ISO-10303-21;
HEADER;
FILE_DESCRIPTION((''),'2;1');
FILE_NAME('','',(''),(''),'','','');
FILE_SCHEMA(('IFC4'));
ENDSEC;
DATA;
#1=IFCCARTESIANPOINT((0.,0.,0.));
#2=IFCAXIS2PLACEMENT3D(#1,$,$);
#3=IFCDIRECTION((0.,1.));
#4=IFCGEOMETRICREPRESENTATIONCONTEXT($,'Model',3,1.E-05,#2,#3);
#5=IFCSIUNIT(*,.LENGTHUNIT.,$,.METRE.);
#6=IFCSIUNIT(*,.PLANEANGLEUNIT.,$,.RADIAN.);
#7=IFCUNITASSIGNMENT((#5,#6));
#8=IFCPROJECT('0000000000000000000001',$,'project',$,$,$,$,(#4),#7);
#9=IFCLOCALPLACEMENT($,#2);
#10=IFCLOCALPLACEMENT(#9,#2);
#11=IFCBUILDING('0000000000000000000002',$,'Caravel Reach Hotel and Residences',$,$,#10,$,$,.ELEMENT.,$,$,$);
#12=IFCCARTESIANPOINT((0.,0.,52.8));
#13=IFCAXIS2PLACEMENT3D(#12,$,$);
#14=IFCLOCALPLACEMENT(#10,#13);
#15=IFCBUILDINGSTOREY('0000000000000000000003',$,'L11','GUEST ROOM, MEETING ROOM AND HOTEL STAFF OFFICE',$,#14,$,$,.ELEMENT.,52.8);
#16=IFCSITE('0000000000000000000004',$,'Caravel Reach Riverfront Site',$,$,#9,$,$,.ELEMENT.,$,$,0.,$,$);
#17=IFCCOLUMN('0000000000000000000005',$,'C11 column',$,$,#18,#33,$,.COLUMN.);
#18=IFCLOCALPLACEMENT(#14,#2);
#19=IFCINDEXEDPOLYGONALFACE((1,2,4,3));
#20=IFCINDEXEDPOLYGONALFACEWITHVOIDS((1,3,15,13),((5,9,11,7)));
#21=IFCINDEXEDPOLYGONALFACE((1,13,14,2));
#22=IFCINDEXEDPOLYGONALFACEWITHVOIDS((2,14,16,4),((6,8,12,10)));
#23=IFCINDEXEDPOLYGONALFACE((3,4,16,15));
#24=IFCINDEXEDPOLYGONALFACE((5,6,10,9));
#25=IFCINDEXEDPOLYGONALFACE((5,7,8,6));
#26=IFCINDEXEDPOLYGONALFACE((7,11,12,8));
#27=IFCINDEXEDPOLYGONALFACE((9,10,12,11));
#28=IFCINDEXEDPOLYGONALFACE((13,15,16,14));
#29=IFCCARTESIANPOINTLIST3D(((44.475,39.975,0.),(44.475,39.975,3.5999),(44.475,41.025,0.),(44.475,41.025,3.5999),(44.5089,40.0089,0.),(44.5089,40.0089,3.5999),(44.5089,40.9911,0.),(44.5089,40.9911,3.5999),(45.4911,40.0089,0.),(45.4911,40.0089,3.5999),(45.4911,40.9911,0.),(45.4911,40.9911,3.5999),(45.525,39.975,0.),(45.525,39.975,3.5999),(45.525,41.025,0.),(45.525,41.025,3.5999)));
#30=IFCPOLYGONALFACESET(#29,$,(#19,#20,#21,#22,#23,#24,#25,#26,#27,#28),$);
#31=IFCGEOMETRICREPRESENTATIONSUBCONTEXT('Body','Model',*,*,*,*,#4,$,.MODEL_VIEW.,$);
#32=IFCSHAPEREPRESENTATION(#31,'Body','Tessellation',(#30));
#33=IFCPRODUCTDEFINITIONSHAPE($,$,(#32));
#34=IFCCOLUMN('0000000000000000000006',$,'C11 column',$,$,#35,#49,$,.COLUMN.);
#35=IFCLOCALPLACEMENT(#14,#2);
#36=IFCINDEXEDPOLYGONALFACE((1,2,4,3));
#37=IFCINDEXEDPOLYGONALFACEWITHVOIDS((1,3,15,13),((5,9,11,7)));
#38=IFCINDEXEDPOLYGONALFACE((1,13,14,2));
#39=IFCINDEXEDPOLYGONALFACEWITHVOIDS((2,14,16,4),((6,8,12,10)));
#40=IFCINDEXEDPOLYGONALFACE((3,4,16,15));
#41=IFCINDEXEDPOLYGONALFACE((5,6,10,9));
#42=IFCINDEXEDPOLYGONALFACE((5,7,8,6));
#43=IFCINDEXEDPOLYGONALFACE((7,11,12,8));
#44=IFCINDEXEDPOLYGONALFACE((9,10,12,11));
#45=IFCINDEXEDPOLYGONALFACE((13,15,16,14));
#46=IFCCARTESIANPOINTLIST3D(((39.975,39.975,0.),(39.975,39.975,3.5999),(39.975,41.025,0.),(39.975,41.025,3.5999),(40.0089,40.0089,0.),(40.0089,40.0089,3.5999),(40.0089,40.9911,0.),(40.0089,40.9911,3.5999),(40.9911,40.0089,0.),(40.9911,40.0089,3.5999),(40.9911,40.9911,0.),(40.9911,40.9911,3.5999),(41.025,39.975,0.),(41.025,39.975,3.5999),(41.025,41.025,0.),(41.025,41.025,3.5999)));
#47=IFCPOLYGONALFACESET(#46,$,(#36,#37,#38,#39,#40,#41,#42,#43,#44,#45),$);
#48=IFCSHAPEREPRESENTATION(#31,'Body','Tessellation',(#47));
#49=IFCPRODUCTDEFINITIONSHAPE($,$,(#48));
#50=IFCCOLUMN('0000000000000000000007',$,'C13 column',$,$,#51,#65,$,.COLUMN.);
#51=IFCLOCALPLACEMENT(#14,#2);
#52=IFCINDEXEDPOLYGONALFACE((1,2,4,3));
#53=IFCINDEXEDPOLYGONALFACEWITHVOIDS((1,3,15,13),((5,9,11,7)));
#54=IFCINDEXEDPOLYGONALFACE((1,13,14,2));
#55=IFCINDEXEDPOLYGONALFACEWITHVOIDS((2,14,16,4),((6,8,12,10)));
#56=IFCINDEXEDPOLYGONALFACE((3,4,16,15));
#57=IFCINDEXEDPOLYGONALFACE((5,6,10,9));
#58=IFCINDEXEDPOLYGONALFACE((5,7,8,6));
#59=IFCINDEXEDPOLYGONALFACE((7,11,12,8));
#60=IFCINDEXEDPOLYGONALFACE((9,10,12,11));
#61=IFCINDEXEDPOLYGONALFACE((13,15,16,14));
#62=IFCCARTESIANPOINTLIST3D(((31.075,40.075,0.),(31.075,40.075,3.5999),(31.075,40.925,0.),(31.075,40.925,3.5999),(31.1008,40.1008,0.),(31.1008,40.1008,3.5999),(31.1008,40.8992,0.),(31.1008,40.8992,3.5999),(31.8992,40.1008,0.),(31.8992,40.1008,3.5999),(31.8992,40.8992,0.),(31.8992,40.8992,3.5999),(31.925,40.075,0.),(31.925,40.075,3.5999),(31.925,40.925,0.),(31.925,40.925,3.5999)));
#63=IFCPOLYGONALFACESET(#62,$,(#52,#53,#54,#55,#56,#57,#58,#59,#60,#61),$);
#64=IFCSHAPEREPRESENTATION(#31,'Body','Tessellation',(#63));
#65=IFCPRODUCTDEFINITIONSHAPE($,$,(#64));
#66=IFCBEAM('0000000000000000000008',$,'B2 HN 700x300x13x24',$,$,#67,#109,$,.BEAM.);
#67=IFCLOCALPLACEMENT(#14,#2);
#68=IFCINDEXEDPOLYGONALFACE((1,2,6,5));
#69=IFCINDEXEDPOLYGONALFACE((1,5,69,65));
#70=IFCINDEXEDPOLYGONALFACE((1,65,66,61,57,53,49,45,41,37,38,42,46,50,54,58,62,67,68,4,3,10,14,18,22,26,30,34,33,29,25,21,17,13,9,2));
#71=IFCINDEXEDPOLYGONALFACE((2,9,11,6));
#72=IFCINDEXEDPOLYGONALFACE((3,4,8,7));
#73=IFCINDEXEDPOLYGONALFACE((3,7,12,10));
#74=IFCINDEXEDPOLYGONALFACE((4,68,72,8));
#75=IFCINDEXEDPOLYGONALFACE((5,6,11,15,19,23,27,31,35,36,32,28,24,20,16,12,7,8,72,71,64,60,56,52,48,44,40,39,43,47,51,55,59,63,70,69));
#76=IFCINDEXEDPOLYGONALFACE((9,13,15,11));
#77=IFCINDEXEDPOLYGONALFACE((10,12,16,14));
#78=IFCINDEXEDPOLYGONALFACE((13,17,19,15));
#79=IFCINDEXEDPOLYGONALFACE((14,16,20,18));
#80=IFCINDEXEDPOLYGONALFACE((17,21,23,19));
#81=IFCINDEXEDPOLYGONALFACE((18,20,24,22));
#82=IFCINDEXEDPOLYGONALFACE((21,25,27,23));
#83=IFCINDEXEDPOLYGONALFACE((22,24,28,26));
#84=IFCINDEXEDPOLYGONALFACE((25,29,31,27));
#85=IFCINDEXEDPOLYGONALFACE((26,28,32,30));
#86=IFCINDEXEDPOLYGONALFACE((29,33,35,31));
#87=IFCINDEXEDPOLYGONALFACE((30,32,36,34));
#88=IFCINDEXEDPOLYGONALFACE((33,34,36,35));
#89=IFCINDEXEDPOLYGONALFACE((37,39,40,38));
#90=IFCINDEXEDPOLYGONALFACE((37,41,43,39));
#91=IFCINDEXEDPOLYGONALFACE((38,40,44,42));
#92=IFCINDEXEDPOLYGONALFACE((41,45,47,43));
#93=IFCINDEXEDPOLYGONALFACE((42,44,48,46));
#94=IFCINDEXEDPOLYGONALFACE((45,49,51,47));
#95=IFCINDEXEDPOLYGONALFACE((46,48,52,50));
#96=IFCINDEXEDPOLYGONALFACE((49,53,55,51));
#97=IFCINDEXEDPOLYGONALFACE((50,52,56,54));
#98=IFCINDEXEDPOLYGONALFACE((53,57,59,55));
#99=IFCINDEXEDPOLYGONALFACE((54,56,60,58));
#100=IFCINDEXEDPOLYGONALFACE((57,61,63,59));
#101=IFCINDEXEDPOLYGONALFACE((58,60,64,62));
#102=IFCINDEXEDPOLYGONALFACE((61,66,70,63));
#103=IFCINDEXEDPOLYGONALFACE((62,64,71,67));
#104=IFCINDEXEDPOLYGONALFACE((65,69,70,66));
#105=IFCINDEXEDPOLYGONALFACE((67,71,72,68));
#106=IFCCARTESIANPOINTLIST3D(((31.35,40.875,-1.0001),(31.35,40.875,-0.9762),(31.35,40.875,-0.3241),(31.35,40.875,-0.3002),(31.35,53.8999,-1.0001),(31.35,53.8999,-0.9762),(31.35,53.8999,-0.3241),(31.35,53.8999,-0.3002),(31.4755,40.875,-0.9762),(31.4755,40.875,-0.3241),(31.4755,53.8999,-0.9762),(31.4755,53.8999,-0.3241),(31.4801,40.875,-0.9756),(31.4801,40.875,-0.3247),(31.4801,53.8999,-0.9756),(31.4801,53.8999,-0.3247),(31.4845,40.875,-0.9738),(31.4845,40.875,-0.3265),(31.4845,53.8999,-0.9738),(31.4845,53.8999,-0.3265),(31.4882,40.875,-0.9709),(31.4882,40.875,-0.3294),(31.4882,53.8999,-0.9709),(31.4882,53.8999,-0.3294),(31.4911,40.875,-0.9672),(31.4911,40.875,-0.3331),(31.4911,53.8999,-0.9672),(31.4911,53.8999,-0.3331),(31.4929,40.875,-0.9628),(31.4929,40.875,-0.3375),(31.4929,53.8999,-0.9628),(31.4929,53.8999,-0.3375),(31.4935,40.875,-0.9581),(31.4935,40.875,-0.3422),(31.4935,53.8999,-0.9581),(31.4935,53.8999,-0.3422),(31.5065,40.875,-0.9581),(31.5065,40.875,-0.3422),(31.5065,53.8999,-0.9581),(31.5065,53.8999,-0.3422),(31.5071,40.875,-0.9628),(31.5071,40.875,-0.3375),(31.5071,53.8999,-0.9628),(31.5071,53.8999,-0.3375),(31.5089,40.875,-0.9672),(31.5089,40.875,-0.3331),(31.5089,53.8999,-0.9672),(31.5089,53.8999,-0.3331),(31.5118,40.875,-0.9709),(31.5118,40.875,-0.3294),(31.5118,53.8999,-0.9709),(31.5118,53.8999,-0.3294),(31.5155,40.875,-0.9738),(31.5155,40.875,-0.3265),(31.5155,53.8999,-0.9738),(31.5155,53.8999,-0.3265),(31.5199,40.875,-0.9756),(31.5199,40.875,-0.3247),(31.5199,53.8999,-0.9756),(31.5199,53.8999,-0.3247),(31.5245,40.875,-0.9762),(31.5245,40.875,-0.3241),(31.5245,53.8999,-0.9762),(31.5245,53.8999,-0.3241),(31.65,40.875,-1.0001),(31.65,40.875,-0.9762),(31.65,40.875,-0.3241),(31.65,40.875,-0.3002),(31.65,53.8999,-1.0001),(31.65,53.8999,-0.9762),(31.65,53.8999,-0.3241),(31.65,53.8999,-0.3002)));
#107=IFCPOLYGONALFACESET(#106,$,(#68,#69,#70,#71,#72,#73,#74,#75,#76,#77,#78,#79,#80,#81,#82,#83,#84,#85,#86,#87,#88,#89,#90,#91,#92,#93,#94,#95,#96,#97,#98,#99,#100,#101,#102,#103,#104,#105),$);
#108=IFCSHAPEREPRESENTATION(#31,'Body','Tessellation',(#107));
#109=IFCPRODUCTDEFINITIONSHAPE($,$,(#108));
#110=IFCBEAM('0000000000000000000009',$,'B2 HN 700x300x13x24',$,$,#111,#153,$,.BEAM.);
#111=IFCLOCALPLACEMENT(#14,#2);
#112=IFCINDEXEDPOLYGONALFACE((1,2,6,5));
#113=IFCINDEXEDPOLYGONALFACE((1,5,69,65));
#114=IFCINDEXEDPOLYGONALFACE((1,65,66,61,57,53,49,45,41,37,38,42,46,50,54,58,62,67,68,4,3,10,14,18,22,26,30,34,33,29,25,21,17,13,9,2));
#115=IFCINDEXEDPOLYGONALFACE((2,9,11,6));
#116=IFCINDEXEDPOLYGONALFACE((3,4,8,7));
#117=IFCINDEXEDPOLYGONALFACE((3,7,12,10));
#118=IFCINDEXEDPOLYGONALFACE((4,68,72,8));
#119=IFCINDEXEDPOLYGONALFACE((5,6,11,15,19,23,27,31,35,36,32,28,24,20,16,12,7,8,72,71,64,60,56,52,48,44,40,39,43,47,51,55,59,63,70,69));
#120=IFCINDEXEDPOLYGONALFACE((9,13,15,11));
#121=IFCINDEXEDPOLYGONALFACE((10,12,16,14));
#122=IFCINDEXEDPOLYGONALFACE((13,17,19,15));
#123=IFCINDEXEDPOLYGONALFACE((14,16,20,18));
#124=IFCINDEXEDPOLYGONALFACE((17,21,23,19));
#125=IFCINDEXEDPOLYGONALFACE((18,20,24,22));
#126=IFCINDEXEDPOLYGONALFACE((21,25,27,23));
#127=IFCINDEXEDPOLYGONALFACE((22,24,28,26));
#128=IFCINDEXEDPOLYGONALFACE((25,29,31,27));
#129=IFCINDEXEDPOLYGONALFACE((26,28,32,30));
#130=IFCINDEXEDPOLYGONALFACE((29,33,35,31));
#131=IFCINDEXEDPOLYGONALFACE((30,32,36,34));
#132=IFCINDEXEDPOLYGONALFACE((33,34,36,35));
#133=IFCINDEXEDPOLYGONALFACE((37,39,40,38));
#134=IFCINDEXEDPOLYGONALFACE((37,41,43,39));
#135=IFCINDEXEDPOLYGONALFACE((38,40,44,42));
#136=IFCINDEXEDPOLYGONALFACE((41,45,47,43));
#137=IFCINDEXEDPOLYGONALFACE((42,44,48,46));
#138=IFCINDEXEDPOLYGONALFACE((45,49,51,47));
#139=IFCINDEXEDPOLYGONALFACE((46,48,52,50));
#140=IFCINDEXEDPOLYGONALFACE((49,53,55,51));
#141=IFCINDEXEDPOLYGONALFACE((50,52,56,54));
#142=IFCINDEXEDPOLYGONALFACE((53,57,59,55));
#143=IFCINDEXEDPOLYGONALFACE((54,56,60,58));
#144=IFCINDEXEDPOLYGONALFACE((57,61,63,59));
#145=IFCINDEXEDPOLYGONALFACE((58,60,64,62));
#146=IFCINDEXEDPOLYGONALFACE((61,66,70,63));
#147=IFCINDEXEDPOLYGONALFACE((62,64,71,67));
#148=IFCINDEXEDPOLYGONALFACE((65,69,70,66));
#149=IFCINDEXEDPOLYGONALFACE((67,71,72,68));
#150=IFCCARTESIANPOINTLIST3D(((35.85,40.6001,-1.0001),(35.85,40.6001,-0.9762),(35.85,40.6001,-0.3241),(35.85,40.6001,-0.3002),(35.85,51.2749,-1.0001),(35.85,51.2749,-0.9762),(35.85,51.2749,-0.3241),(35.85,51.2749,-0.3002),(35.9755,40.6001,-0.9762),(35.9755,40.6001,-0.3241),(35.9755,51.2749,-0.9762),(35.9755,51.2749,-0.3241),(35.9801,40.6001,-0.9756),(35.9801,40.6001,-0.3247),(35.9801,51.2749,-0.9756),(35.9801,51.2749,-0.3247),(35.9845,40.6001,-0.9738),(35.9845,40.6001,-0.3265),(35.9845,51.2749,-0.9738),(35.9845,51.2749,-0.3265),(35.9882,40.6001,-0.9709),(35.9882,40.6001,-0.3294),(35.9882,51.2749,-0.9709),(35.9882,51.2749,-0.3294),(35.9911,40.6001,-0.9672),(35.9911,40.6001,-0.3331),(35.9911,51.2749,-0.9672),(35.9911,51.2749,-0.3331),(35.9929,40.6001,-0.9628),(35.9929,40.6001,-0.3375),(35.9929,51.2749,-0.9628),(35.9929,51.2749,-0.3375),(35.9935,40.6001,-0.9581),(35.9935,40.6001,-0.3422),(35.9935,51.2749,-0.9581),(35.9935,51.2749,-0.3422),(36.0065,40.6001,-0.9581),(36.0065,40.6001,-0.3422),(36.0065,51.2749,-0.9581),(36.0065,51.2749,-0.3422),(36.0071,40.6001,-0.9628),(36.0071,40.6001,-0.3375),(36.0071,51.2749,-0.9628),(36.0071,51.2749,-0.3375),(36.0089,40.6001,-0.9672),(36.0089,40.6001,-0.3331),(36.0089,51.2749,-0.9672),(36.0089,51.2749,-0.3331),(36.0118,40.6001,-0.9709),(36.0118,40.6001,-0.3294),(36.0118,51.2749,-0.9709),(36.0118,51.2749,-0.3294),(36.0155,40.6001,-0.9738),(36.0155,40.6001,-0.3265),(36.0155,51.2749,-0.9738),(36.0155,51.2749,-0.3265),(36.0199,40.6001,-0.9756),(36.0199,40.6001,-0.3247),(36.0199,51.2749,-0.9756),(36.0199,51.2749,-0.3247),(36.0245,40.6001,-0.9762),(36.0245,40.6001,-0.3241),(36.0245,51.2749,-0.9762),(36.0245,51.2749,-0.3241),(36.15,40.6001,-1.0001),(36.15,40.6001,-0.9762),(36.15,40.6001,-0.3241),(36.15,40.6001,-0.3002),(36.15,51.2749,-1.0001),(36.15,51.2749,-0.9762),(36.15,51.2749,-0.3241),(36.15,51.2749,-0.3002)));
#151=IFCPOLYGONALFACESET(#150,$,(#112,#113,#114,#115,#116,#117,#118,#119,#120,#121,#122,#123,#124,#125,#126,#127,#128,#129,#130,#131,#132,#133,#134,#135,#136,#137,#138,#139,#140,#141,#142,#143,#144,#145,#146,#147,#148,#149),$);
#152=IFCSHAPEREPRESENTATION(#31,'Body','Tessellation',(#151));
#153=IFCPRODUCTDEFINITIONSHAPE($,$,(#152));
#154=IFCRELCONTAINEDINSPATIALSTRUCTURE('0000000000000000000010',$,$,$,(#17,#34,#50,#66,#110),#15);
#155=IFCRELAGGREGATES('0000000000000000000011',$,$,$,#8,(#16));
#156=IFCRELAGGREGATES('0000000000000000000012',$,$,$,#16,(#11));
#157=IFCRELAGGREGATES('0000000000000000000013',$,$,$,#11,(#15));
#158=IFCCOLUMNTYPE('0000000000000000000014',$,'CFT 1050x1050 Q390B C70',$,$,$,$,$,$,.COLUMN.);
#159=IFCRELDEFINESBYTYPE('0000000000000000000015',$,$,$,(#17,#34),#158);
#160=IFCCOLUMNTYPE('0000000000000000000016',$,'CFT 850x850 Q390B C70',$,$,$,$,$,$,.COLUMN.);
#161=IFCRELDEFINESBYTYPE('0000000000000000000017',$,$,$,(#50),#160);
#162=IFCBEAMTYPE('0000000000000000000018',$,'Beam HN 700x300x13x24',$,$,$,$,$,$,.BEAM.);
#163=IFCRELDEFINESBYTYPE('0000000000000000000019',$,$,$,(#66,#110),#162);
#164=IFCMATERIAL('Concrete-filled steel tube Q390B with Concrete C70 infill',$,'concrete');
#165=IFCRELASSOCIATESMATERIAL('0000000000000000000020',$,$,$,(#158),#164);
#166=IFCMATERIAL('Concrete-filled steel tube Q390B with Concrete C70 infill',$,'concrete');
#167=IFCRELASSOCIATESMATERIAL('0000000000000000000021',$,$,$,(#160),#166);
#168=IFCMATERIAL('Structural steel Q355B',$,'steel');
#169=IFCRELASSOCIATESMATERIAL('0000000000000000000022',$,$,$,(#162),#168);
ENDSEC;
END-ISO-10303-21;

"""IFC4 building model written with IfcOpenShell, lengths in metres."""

from ifc_helpers import new_model, si_unit, direction, frame, origin, origin_2d, place, context, subcontext, project, spatial, hollow_rectangle, i_section, extrude, material, material_profile, profile_set, type_object, element, save


model = new_model("IFC4")

# Units and contexts
model_context = context("Model", 3, precision=1e-05, world=origin(), true_north=direction((0.0, 1.0)))
body_context = subcontext(model_context, "Body", "Model", "MODEL_VIEW")
ifc_project = project(units=[si_unit("LENGTHUNIT", "METRE"), si_unit("PLANEANGLEUNIT", "RADIAN")], contexts=[model_context])

# Site, building, storey
site_placement = place(None, origin())
site = spatial("IfcSite", under=ifc_project, at=site_placement, Name="Caravel Reach Riverfront Site", CompositionType="ELEMENT", RefElevation=0.0)
building_placement = place(site_placement, origin())
building = spatial("IfcBuilding", under=site, at=building_placement, Name="Caravel Reach Hotel and Residences", CompositionType="ELEMENT")
storey_placement = place(building_placement, frame((0.0, 0.0, 52.8)))
storey = spatial("IfcBuildingStorey", under=building, at=storey_placement, Name="L11", Description="GUEST ROOM, MEETING ROOM AND HOTEL STAFF OFFICE", CompositionType="ELEMENT", Elevation=52.8)

# Columns
ifc_material_1 = material(Name="Concrete-filled steel tube Q390B with Concrete C70 infill", Category="concrete")
ifc_material_profile_1 = material_profile(ifc_material_1, hollow_rectangle(XDim=1.05, YDim=1.05, WallThickness=0.0339, at=origin_2d()), Name="RHS 1050x1050x34")
ifc_profile_set_1 = profile_set([ifc_material_profile_1], Name="Concrete-filled steel tube Q390B with Concrete C70 infill")
column_type_1 = type_object("IfcColumnType", Name="CFT 1050x1050 Q390B C70", PredefinedType="COLUMN", material=ifc_profile_set_1)
for number, where, z_axis, x_axis, name in (
    (1, (45.0, 40.5, 0.0), (0.0, 0.0, 1.0), (1.0, 0.0, 0.0), "C11 column"),
    (2, (40.5, 40.5, 0.0), (0.0, 0.0, 1.0), (1.0, 0.0, 0.0), "C11 column"),
):
    element("IfcColumn", number, at=place(storey_placement, frame(where, z_axis=z_axis, x_axis=x_axis)), inside=storey, type_object=column_type_1, Name=name, PredefinedType="COLUMN", context=body_context, shape_type="SweptSolid", body=[
        extrude(hollow_rectangle(XDim=1.05, YDim=1.05, WallThickness=0.0339, at=origin_2d()), origin(), (0.0, 0.0, 1.0), 3.5999),
    ])
ifc_material_2 = material(Name="Concrete-filled steel tube Q390B with Concrete C70 infill", Category="concrete")
ifc_material_profile_2 = material_profile(ifc_material_2, hollow_rectangle(XDim=0.8501, YDim=0.8501, WallThickness=0.0259, at=origin_2d()), Name="RHS 850x850x26")
ifc_profile_set_2 = profile_set([ifc_material_profile_2], Name="Concrete-filled steel tube Q390B with Concrete C70 infill")
column_type_2 = type_object("IfcColumnType", Name="CFT 850x850 Q390B C70", PredefinedType="COLUMN", material=ifc_profile_set_2)
column_placement = place(storey_placement, frame((31.5, 40.5, 0.0), z_axis=(0.0, 0.0, 1.0), x_axis=(1.0, 0.0, 0.0)))
element("IfcColumn", 3, at=column_placement, inside=storey, type_object=column_type_2, Name="C13 column", PredefinedType="COLUMN", context=body_context, shape_type="SweptSolid", body=[
    extrude(hollow_rectangle(XDim=0.8501, YDim=0.8501, WallThickness=0.0259, at=origin_2d()), origin(), (0.0, 0.0, 1.0), 3.5999),
])

# Beams
ifc_material_3 = material(Name="Structural steel Q355B", Category="steel")
ifc_material_profile_3 = material_profile(ifc_material_3, i_section(OverallWidth=0.3, OverallDepth=0.7, WebThickness=0.0129, FlangeThickness=0.0239, FilletRadius=0.0181, at=origin_2d()), Name="HN 700x300x13x24")
ifc_profile_set_3 = profile_set([ifc_material_profile_3], Name="Structural steel Q355B")
beam_type_1 = type_object("IfcBeamType", Name="Beam HN 700x300x13x24", PredefinedType="BEAM", material=ifc_profile_set_3)
beam_1_placement = place(storey_placement, frame((31.5, 40.875, -0.6501), z_axis=(0.0, 1.0, 0.0), x_axis=(-1.0, 0.0, 0.0)))
element("IfcBeam", 4, at=beam_1_placement, inside=storey, type_object=beam_type_1, Name="B2 HN 700x300x13x24", PredefinedType="BEAM", context=body_context, shape_type="SweptSolid", body=[
    extrude(i_section(OverallWidth=0.3, OverallDepth=0.7, WebThickness=0.0129, FlangeThickness=0.0239, FilletRadius=0.0181, at=origin_2d()), origin(), (0.0, 0.0, 1.0), 13.0249),
])
beam_2_placement = place(storey_placement, frame((36.0, 40.6001, -0.6501), z_axis=(0.0, 1.0, 0.0), x_axis=(-1.0, 0.0, 0.0)))
element("IfcBeam", 5, at=beam_2_placement, inside=storey, type_object=beam_type_1, Name="B2 HN 700x300x13x24", PredefinedType="BEAM", context=body_context, shape_type="SweptSolid", body=[
    extrude(i_section(OverallWidth=0.3, OverallDepth=0.7, WebThickness=0.0129, FlangeThickness=0.0239, FilletRadius=0.0181, at=origin_2d()), origin(), (0.0, 0.0, 1.0), 10.6748),
])

save(model, "model.ifc")
